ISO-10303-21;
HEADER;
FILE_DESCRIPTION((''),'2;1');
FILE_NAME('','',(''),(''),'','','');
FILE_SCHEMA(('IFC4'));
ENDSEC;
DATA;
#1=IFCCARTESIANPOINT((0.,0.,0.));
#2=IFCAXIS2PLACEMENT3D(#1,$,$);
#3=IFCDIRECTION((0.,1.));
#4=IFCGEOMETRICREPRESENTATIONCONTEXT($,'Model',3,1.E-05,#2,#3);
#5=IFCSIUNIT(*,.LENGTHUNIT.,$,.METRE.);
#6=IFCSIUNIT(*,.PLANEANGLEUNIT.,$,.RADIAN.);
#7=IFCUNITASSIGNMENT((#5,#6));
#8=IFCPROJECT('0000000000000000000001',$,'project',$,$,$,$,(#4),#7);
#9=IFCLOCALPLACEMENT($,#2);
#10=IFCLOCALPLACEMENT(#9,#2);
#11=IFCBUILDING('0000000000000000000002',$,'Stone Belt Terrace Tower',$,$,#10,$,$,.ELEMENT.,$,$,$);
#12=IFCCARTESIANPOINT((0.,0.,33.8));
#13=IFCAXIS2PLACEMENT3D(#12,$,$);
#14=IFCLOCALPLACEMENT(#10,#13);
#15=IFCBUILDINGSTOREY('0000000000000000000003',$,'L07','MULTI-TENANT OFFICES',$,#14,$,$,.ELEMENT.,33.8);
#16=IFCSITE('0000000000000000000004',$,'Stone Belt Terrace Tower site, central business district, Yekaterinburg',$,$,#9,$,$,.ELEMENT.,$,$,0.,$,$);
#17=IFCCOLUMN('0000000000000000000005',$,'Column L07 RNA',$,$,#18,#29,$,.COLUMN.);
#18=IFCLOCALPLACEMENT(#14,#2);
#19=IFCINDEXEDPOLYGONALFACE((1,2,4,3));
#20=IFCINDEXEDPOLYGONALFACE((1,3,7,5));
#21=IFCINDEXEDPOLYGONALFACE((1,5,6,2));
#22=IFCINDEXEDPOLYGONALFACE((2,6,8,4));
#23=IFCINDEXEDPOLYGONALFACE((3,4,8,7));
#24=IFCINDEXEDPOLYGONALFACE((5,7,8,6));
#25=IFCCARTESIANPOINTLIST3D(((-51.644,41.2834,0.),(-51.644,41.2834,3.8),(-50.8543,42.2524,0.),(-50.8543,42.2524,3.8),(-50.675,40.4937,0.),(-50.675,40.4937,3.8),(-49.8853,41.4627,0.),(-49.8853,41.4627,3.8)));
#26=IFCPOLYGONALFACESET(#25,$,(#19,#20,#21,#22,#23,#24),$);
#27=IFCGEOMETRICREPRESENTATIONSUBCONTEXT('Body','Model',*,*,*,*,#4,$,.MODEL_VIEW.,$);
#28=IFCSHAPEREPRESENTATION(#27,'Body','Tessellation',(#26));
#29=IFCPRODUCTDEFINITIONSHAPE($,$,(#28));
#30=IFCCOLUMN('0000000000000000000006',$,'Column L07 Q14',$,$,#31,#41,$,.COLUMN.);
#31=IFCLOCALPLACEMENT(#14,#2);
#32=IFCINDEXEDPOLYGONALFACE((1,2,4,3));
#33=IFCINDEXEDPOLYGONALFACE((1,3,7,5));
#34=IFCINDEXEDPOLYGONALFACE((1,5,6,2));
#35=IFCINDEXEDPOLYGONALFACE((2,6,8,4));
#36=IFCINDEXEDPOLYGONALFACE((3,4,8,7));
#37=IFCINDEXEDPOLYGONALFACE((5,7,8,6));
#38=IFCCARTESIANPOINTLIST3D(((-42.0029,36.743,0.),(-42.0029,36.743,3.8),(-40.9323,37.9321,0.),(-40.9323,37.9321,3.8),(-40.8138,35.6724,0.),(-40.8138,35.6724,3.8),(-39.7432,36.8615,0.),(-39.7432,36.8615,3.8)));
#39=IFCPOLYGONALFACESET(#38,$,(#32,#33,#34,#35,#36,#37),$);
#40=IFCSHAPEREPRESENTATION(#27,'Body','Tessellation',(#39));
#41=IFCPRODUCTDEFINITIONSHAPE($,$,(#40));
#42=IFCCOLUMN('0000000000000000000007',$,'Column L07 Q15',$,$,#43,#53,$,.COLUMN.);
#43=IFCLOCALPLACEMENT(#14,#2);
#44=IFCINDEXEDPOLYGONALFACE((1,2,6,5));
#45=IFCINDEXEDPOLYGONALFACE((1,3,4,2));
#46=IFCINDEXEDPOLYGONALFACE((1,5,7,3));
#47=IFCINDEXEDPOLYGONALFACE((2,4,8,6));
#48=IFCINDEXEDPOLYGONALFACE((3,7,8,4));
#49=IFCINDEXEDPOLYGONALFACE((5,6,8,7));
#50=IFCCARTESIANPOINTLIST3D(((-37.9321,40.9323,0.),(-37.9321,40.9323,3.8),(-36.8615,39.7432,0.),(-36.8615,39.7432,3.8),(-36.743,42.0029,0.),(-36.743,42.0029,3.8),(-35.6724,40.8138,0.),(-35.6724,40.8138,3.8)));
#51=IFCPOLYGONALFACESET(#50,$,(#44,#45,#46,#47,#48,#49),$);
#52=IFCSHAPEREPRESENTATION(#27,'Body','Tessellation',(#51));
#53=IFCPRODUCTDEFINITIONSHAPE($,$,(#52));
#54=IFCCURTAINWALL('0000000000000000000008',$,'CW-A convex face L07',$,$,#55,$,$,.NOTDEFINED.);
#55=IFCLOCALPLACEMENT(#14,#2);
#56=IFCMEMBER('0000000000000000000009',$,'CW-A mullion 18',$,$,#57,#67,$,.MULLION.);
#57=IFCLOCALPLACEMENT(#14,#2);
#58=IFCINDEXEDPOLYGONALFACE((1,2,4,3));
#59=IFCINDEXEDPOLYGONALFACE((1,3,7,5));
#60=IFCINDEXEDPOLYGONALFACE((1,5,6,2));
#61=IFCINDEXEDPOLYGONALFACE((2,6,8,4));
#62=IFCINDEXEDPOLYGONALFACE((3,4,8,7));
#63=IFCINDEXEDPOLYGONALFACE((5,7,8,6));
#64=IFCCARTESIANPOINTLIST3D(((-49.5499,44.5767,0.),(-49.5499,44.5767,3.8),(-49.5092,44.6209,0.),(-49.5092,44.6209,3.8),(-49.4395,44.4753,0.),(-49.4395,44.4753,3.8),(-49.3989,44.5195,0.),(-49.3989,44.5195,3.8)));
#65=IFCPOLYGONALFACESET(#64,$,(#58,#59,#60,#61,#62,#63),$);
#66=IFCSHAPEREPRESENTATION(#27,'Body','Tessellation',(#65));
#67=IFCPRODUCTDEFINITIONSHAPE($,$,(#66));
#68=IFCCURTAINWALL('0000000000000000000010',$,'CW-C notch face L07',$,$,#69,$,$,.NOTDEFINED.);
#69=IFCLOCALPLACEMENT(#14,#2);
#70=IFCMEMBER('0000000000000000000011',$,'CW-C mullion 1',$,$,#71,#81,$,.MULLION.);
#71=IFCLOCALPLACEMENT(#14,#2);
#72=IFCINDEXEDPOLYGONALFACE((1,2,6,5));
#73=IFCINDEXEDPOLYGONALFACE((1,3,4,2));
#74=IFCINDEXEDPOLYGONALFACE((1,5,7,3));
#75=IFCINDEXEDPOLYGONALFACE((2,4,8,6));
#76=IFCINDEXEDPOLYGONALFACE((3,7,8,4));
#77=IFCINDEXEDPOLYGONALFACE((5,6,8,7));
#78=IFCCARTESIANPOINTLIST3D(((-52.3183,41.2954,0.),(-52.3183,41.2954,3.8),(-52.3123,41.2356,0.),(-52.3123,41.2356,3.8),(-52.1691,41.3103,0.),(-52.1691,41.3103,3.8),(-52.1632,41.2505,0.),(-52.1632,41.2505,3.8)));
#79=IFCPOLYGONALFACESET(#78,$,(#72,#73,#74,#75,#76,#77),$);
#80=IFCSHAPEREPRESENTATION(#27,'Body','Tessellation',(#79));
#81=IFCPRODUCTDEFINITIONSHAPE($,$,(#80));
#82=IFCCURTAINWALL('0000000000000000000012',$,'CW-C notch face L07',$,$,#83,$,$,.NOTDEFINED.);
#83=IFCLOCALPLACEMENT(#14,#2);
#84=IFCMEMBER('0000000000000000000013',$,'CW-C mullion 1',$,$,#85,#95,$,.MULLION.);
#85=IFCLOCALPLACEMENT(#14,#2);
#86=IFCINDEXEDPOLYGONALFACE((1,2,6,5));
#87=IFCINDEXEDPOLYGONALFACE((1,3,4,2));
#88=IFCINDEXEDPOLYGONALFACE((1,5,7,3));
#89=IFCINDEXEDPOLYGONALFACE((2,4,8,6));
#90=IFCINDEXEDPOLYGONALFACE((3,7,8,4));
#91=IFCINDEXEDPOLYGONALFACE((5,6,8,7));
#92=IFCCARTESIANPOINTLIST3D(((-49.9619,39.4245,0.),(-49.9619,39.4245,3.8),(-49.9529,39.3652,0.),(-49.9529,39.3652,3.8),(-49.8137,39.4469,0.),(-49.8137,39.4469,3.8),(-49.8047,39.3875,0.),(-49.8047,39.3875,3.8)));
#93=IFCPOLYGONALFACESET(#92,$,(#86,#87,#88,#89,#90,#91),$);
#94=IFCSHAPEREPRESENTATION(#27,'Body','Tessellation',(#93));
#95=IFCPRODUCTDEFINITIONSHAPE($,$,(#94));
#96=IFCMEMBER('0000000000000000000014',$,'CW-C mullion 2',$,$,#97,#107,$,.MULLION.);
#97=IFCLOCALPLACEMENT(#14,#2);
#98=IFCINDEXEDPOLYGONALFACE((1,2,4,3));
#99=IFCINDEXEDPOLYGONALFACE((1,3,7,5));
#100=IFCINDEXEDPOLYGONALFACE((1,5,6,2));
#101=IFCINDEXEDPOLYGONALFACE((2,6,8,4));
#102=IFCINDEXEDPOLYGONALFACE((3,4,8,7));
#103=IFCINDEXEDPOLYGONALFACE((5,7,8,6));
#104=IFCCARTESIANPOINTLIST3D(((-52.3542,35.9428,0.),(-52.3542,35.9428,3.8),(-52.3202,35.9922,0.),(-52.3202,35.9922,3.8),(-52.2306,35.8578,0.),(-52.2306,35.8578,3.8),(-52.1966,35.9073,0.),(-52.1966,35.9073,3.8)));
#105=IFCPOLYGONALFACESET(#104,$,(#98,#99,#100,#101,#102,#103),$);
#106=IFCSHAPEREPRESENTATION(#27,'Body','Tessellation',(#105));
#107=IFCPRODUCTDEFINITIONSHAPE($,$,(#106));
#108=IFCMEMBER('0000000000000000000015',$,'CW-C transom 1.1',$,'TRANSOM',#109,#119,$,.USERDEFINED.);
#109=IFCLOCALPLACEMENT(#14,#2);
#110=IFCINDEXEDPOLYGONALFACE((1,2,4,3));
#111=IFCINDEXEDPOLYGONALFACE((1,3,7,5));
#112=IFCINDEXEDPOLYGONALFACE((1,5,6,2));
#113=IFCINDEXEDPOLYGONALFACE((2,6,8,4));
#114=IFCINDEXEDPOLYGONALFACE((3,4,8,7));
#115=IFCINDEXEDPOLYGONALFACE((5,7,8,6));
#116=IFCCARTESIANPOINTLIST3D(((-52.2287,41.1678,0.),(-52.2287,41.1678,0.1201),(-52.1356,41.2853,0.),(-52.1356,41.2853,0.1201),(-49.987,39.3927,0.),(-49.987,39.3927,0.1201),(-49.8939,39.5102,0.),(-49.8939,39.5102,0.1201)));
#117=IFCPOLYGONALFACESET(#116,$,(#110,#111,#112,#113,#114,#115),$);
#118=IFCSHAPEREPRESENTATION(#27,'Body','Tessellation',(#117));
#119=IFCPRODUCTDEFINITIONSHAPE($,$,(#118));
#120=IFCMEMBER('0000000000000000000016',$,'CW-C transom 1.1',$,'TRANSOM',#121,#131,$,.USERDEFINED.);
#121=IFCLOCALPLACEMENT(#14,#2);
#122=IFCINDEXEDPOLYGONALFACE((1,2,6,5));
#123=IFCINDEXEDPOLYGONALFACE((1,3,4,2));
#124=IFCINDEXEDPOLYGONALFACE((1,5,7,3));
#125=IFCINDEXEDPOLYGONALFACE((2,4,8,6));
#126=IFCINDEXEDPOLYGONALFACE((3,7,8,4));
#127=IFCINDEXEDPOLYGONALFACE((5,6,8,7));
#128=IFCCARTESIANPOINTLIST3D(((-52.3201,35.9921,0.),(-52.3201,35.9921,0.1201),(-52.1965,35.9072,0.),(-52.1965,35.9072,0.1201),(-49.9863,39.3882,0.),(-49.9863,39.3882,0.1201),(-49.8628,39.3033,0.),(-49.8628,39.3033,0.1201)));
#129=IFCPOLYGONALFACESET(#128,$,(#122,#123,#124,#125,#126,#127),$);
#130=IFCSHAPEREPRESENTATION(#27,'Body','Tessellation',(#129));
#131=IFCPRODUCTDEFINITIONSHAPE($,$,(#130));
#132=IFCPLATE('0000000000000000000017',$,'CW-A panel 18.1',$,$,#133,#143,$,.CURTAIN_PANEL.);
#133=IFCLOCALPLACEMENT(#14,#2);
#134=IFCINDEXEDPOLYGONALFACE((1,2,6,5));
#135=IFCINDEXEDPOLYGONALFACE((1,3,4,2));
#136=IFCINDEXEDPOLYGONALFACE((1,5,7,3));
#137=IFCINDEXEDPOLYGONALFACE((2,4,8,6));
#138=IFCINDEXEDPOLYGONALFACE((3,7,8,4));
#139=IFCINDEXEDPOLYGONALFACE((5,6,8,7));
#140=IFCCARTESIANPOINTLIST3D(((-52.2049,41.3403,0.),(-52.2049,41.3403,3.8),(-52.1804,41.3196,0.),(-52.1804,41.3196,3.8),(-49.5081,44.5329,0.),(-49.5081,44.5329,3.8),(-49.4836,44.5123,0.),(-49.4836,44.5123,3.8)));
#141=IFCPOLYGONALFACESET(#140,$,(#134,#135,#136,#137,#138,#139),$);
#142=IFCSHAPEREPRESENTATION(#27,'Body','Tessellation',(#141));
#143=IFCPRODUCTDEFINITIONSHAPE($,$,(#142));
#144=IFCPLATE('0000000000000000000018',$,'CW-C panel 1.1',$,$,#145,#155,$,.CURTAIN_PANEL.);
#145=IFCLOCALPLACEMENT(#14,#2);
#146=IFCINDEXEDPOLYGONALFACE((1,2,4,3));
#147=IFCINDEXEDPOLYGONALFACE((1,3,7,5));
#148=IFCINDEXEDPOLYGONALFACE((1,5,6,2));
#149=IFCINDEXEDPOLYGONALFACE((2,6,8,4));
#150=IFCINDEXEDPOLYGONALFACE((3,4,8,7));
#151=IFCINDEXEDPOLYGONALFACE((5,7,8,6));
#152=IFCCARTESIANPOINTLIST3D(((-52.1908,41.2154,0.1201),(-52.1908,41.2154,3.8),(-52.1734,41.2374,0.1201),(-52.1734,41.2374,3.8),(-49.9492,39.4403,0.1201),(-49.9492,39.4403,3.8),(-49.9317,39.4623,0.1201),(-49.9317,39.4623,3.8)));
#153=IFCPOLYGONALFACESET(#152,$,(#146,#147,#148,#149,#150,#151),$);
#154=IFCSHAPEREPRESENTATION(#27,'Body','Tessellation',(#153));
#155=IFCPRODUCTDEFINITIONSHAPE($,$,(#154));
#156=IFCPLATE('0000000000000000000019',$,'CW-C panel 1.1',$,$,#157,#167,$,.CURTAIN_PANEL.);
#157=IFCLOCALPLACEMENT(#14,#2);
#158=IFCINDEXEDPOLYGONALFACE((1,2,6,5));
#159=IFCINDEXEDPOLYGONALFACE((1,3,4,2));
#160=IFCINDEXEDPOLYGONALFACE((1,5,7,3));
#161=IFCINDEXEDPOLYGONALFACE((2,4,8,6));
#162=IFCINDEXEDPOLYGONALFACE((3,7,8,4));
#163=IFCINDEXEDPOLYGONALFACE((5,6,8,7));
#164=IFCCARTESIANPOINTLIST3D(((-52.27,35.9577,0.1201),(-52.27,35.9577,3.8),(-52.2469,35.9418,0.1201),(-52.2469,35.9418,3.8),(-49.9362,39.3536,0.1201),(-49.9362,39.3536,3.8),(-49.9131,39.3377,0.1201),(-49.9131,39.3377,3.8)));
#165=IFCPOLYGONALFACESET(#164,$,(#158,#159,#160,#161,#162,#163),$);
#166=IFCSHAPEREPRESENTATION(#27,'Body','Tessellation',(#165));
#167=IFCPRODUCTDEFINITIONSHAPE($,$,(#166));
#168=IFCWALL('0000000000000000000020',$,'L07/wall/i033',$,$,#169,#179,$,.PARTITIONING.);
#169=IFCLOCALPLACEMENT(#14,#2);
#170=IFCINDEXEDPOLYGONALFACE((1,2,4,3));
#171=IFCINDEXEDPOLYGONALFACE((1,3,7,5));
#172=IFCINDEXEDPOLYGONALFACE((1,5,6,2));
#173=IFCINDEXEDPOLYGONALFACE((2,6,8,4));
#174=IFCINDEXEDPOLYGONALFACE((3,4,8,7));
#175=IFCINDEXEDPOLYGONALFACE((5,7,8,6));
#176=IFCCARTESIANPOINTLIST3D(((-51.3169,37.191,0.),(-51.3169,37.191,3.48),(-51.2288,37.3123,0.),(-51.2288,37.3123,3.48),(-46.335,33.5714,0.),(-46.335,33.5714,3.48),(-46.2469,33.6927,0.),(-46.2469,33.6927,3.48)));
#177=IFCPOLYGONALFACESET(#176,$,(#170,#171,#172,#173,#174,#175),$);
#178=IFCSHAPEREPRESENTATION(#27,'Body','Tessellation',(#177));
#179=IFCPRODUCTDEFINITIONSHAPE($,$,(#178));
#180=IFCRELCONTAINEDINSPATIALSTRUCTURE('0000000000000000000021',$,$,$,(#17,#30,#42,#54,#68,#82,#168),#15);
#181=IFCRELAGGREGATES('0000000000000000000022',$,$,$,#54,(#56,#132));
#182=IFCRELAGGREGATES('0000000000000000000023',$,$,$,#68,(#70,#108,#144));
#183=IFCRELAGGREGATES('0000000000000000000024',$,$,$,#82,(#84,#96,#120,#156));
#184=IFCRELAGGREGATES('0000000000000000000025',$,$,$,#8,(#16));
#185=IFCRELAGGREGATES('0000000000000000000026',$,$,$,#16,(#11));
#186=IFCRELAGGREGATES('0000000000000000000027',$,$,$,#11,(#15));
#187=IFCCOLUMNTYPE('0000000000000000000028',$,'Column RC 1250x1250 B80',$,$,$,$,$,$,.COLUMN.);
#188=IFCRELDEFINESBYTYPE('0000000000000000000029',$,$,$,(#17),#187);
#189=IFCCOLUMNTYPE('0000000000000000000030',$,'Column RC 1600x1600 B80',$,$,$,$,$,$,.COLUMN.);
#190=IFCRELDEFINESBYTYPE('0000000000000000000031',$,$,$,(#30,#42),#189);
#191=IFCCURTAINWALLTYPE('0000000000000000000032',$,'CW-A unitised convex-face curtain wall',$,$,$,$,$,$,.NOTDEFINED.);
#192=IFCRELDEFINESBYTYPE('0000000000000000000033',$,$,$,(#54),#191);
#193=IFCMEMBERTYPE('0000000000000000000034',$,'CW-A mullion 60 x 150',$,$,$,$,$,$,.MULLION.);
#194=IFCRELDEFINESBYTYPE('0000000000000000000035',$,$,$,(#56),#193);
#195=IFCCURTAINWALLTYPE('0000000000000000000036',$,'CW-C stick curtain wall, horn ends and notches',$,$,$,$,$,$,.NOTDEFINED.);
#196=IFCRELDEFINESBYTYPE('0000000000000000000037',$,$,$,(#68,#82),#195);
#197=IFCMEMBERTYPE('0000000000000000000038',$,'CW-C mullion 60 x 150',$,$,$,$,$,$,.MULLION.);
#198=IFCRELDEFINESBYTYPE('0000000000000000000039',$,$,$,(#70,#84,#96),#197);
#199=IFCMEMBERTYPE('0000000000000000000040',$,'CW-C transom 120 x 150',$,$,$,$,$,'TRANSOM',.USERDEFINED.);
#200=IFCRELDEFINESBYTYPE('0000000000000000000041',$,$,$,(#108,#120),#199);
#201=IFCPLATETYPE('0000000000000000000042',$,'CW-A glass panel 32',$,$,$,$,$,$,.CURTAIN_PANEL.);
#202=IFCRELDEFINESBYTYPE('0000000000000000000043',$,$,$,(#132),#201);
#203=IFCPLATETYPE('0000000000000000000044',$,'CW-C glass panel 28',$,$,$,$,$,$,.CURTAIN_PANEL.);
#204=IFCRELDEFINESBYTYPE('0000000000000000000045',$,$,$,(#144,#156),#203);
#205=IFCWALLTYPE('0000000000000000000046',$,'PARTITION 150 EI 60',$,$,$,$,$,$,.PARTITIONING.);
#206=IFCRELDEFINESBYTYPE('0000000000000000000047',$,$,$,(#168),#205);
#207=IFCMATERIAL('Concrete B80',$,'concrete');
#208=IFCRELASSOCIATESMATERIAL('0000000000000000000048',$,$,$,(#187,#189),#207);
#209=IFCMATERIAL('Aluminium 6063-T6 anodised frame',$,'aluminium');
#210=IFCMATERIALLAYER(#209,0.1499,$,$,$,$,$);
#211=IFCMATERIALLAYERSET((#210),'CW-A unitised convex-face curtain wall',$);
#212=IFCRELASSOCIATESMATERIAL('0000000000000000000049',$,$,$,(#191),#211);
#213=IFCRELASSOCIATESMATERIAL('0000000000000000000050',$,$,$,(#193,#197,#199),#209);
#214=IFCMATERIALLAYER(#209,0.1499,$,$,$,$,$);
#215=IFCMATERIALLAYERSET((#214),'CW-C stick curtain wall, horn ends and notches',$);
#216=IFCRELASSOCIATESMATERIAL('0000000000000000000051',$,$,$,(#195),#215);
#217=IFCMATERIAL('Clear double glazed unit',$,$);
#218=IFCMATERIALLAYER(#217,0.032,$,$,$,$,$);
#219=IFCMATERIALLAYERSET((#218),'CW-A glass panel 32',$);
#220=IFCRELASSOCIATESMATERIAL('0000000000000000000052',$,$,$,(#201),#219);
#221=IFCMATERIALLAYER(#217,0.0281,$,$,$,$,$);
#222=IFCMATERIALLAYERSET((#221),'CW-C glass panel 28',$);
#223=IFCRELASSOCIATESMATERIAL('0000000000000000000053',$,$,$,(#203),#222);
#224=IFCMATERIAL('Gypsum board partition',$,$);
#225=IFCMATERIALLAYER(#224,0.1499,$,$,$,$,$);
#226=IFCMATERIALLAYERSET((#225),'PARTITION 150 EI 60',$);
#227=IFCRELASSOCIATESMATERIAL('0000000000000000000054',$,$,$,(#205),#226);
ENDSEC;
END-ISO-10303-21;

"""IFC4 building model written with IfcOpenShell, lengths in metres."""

from ifc_helpers import new_model, si_unit, direction, frame, frame_2d, origin, origin_2d, place, context, subcontext, project, spatial, rectangle, extrude, material, layer, layer_set, material_profile, profile_set, type_object, element, aggregate, save


model = new_model("IFC4")

# Units and contexts
model_context = context("Model", 3, precision=1e-05, world=origin(), true_north=direction((0.0, 1.0)))
body_context = subcontext(model_context, "Body", "Model", "MODEL_VIEW")
ifc_project = project(units=[si_unit("LENGTHUNIT", "METRE"), si_unit("PLANEANGLEUNIT", "RADIAN")], contexts=[model_context])

# Site, building, storey
site_placement = place(None, origin())
site = spatial("IfcSite", under=ifc_project, at=site_placement, Name="Stone Belt Terrace Tower site, central business district, Yekaterinburg", CompositionType="ELEMENT", RefElevation=0.0)
building_placement = place(site_placement, origin())
building = spatial("IfcBuilding", under=site, at=building_placement, Name="Stone Belt Terrace Tower", CompositionType="ELEMENT")
storey_placement = place(building_placement, frame((0.0, 0.0, 33.8)))
storey = spatial("IfcBuildingStorey", under=building, at=storey_placement, Name="L07", Description="MULTI-TENANT OFFICES", CompositionType="ELEMENT", Elevation=33.8)

# Columns
ifc_material_1 = material(Name="Concrete B80", Category="concrete")
ifc_material_profile_1 = material_profile(ifc_material_1, rectangle(XDim=1.25, YDim=1.25, at=origin_2d()), Name="RC 1250x1250")
ifc_profile_set_1 = profile_set([ifc_material_profile_1], Name="Concrete B80")
column_type_1 = type_object("IfcColumnType", Name="Column RC 1250x1250 B80", PredefinedType="COLUMN", material=ifc_profile_set_1)
column_placement = place(storey_placement, frame((-50.7646, 41.373, 0.0), z_axis=(0.0, 0.0, 1.0), x_axis=(0.631759, 0.775165, 0.0)))
element("IfcColumn", 1, at=column_placement, inside=storey, type_object=column_type_1, Name="Column L07 RNA", PredefinedType="COLUMN", context=body_context, shape_type="SweptSolid", body=[
    extrude(rectangle(XDim=1.25, YDim=1.25, at=origin_2d()), origin(), (0.0, 0.0, 1.0), 3.8),
])
ifc_material_profile_2 = material_profile(ifc_material_1, rectangle(XDim=1.6001, YDim=1.6001, at=origin_2d()), Name="RC 1600x1600")
ifc_profile_set_2 = profile_set([ifc_material_profile_2], Name="Concrete B80")
column_type_2 = type_object("IfcColumnType", Name="Column RC 1600x1600 B80", PredefinedType="COLUMN", material=ifc_profile_set_2)
for number, where, z_axis, x_axis, name in (
    (2, (-40.873, 36.8022, 0.0), (0.0, 0.0, 1.0), (0.669131, 0.743145, 0.0), "Column L07 Q14"),
    (3, (-36.8022, 40.873, 0.0), (0.0, 0.0, 1.0), (0.743145, 0.669131, 0.0), "Column L07 Q15"),
):
    element("IfcColumn", number, at=place(storey_placement, frame(where, z_axis=z_axis, x_axis=x_axis)), inside=storey, type_object=column_type_2, Name=name, PredefinedType="COLUMN", context=body_context, shape_type="SweptSolid", body=[
        extrude(rectangle(XDim=1.6001, YDim=1.6001, at=origin_2d()), origin(), (0.0, 0.0, 1.0), 3.8),
    ])

# Curtain walls, members
ifc_material_2 = material(Name="Aluminium 6063-T6 anodised frame", Category="aluminium")
ifc_layer_1 = layer(ifc_material_2, 0.1499)
ifc_layer_set_1 = layer_set([ifc_layer_1], Name="CW-A unitised convex-face curtain wall")
curtain_wall_type_1 = type_object("IfcCurtainWallType", Name="CW-A unitised convex-face curtain wall", PredefinedType="NOTDEFINED", material=ifc_layer_set_1)
curtain_wall_1_placement = place(storey_placement, origin())
curtain_wall_1 = element("IfcCurtainWall", 4, at=curtain_wall_1_placement, inside=storey, type_object=curtain_wall_type_1, Name="CW-A convex face L07", PredefinedType="NOTDEFINED")
ifc_material_profile_3 = material_profile(ifc_material_2, rectangle(XDim=0.1499, YDim=0.0601, at=origin_2d()), Name="Aluminium 6063-T6 60x150")
ifc_profile_set_3 = profile_set([ifc_material_profile_3], Name="Aluminium 6063-T6 anodised frame")
member_type_1 = type_object("IfcMemberType", Name="CW-A mullion 60 x 150", PredefinedType="MULLION", material=ifc_profile_set_3)
member_1_placement = place(storey_placement, frame((-49.4744, 44.5481, 0.0), z_axis=(0.0, 0.0, 1.0), x_axis=(0.736171, -0.676796, 0.0)))
member_1 = element("IfcMember", 5, at=member_1_placement, type_object=member_type_1, Name="CW-A mullion 18", PredefinedType="MULLION", context=body_context, shape_type="SweptSolid", body=[
    extrude(rectangle(XDim=0.1499, YDim=0.0601, at=origin_2d()), origin(), (0.0, 0.0, 1.0), 3.8),
])
ifc_layer_2 = layer(ifc_material_2, 0.1499)
ifc_layer_set_2 = layer_set([ifc_layer_2], Name="CW-C stick curtain wall, horn ends and notches")
curtain_wall_type_2 = type_object("IfcCurtainWallType", Name="CW-C stick curtain wall, horn ends and notches", PredefinedType="NOTDEFINED", material=ifc_layer_set_2)
curtain_wall_2_placement = place(storey_placement, origin())
curtain_wall_2 = element("IfcCurtainWall", 6, at=curtain_wall_2_placement, inside=storey, type_object=curtain_wall_type_2, Name="CW-C notch face L07", PredefinedType="NOTDEFINED")
ifc_material_profile_4 = material_profile(ifc_material_2, rectangle(XDim=0.1499, YDim=0.0601, at=origin_2d()), Name="Aluminium 6063-T6 60x150")
ifc_profile_set_4 = profile_set([ifc_material_profile_4], Name="Aluminium 6063-T6 anodised frame")
member_type_2 = type_object("IfcMemberType", Name="CW-C mullion 60 x 150", PredefinedType="MULLION", material=ifc_profile_set_4)
member_2_placement = place(storey_placement, frame((-52.2407, 41.2729, 0.0), z_axis=(0.0, 0.0, 1.0), x_axis=(0.995023, 0.099645, 0.0)))
member_2 = element("IfcMember", 7, at=member_2_placement, type_object=member_type_2, Name="CW-C mullion 1", PredefinedType="MULLION", context=body_context, shape_type="SweptSolid", body=[
    extrude(rectangle(XDim=0.1499, YDim=0.0601, at=origin_2d()), origin(), (0.0, 0.0, 1.0), 3.8),
])

# Curtain wall, members
curtain_wall_3_placement = place(storey_placement, origin())
curtain_wall_3 = element("IfcCurtainWall", 8, at=curtain_wall_3_placement, inside=storey, type_object=curtain_wall_type_2, Name="CW-C notch face L07", PredefinedType="NOTDEFINED")
member_3_placement = place(storey_placement, frame((-49.8833, 39.406, 0.0), z_axis=(0.0, 0.0, 1.0), x_axis=(0.988851, 0.148906, 0.0)))
member_3 = element("IfcMember", 9, at=member_3_placement, type_object=member_type_2, Name="CW-C mullion 1", PredefinedType="MULLION", context=body_context, shape_type="SweptSolid", body=[
    extrude(rectangle(XDim=0.1499, YDim=0.0601, at=origin_2d()), origin(), (0.0, 0.0, 1.0), 3.8),
])
member_4_placement = place(storey_placement, frame((-52.2754, 35.925, 0.0), z_axis=(0.0, 0.0, 1.0), x_axis=(0.824147, -0.566376, 0.0)))
member_4 = element("IfcMember", 10, at=member_4_placement, type_object=member_type_2, Name="CW-C mullion 2", PredefinedType="MULLION", context=body_context, shape_type="SweptSolid", body=[
    extrude(rectangle(XDim=0.1499, YDim=0.0601, at=origin_2d()), origin(), (0.0, 0.0, 1.0), 3.8),
])

# Members
ifc_material_profile_5 = material_profile(ifc_material_2, rectangle(XDim=0.1499, YDim=0.1201, at=origin_2d()), Name="Aluminium 6063-T6 150x120")
ifc_profile_set_5 = profile_set([ifc_material_profile_5], Name="Aluminium 6063-T6 anodised frame")
member_type_3 = type_object("IfcMemberType", Name="CW-C transom 120 x 150", ElementType="TRANSOM", PredefinedType="USERDEFINED", material=ifc_profile_set_5)
member_5_placement = place(storey_placement, frame((-52.1821, 41.2266, 0.0601), z_axis=(0.783966, -0.620804, 0.0), x_axis=(0.620804, 0.783966, 0.0)))
member_5 = element("IfcMember", 11, at=member_5_placement, type_object=member_type_3, Name="CW-C transom 1.1", ObjectType="TRANSOM", PredefinedType="USERDEFINED", context=body_context, shape_type="SweptSolid", body=[
    extrude(rectangle(XDim=0.1499, YDim=0.1201, at=origin_2d()), origin(), (0.0, 0.0, 1.0), 2.8594),
])
member_6_placement = place(storey_placement, frame((-49.9246, 39.3457, 0.0601), z_axis=(-0.566363, -0.824156, 0.0), x_axis=(0.824156, -0.566363, 0.0)))
member_6 = element("IfcMember", 12, at=member_6_placement, type_object=member_type_3, Name="CW-C transom 1.1", ObjectType="TRANSOM", PredefinedType="USERDEFINED", context=body_context, shape_type="SweptSolid", body=[
    extrude(rectangle(XDim=0.1499, YDim=0.1201, at=origin_2d()), origin(), (0.0, 0.0, 1.0), 4.1206),
])

# Plates
ifc_material_3 = material(Name="Clear double glazed unit")
ifc_layer_3 = layer(ifc_material_3, 0.032)
ifc_layer_set_3 = layer_set([ifc_layer_3], Name="CW-A glass panel 32")
plate_type_1 = type_object("IfcPlateType", Name="CW-A glass panel 32", PredefinedType="CURTAIN_PANEL", material=ifc_layer_set_3)
plate_1_placement = place(storey_placement, frame((-50.8442, 42.9263, 0.0), z_axis=(0.0, 0.0, 1.0), x_axis=(-0.645291, -0.763937, 0.0)))
plate_1 = element("IfcPlate", 13, at=plate_1_placement, type_object=plate_type_1, Name="CW-A panel 18.1", PredefinedType="CURTAIN_PANEL", context=body_context, shape_type="SweptSolid", body=[
    extrude(rectangle(XDim=4.1792, YDim=0.032, at=origin_2d()), origin(), (0.0, 0.0, 1.0), 3.8),
])
aggregate(curtain_wall_1, [member_1, plate_1])
ifc_layer_4 = layer(ifc_material_3, 0.0281)
ifc_layer_set_4 = layer_set([ifc_layer_4], Name="CW-C glass panel 28")
plate_type_2 = type_object("IfcPlateType", Name="CW-C glass panel 28", PredefinedType="CURTAIN_PANEL", material=ifc_layer_set_4)
plate_2_placement = place(storey_placement, frame((-51.0613, 40.3389, 0.1201), z_axis=(0.0, 0.0, 1.0), x_axis=(0.783964, -0.620807, 0.0)))
plate_2 = element("IfcPlate", 14, at=plate_2_placement, type_object=plate_type_2, Name="CW-C panel 1.1", PredefinedType="CURTAIN_PANEL", context=body_context, shape_type="SweptSolid", body=[
    extrude(rectangle(XDim=2.8594, YDim=0.0281, at=origin_2d()), origin(), (0.0, 0.0, 1.0), 3.6799),
])
aggregate(curtain_wall_2, [member_2, member_5, plate_2])
plate_3_placement = place(storey_placement, frame((-51.0916, 37.6477, 0.1201), z_axis=(0.0, 0.0, 1.0), x_axis=(-0.566376, -0.824147, 0.0)))
plate_3 = element("IfcPlate", 15, at=plate_3_placement, type_object=plate_type_2, Name="CW-C panel 1.1", PredefinedType="CURTAIN_PANEL", context=body_context, shape_type="SweptSolid", body=[
    extrude(rectangle(XDim=4.1206, YDim=0.0281, at=origin_2d()), origin(), (0.0, 0.0, 1.0), 3.6799),
])
aggregate(curtain_wall_3, [member_3, member_4, member_6, plate_3])

# Wall
ifc_material_4 = material(Name="Gypsum board partition")
ifc_layer_5 = layer(ifc_material_4, 0.1499)
ifc_layer_set_5 = layer_set([ifc_layer_5], Name="PARTITION 150 EI 60")
wall_type = type_object("IfcWallType", Name="PARTITION 150 EI 60", PredefinedType="PARTITIONING", material=ifc_layer_set_5)
wall_1_placement = place(storey_placement, frame((-51.2729, 37.2517, 0.0), z_axis=(0.0, 0.0, 1.0), x_axis=(0.809014, -0.58779, 0.0)))
element("IfcWall", 16, at=wall_1_placement, inside=storey, type_object=wall_type, Name="L07/wall/i033", PredefinedType="PARTITIONING", context=body_context, shape_type="SweptSolid", body=[
    extrude(rectangle(XDim=6.158, YDim=0.1499, at=frame_2d((3.0791, 0.0))), origin(), (0.0, 0.0, 1.0), 3.48),
])

save(model, "model.ifc")
